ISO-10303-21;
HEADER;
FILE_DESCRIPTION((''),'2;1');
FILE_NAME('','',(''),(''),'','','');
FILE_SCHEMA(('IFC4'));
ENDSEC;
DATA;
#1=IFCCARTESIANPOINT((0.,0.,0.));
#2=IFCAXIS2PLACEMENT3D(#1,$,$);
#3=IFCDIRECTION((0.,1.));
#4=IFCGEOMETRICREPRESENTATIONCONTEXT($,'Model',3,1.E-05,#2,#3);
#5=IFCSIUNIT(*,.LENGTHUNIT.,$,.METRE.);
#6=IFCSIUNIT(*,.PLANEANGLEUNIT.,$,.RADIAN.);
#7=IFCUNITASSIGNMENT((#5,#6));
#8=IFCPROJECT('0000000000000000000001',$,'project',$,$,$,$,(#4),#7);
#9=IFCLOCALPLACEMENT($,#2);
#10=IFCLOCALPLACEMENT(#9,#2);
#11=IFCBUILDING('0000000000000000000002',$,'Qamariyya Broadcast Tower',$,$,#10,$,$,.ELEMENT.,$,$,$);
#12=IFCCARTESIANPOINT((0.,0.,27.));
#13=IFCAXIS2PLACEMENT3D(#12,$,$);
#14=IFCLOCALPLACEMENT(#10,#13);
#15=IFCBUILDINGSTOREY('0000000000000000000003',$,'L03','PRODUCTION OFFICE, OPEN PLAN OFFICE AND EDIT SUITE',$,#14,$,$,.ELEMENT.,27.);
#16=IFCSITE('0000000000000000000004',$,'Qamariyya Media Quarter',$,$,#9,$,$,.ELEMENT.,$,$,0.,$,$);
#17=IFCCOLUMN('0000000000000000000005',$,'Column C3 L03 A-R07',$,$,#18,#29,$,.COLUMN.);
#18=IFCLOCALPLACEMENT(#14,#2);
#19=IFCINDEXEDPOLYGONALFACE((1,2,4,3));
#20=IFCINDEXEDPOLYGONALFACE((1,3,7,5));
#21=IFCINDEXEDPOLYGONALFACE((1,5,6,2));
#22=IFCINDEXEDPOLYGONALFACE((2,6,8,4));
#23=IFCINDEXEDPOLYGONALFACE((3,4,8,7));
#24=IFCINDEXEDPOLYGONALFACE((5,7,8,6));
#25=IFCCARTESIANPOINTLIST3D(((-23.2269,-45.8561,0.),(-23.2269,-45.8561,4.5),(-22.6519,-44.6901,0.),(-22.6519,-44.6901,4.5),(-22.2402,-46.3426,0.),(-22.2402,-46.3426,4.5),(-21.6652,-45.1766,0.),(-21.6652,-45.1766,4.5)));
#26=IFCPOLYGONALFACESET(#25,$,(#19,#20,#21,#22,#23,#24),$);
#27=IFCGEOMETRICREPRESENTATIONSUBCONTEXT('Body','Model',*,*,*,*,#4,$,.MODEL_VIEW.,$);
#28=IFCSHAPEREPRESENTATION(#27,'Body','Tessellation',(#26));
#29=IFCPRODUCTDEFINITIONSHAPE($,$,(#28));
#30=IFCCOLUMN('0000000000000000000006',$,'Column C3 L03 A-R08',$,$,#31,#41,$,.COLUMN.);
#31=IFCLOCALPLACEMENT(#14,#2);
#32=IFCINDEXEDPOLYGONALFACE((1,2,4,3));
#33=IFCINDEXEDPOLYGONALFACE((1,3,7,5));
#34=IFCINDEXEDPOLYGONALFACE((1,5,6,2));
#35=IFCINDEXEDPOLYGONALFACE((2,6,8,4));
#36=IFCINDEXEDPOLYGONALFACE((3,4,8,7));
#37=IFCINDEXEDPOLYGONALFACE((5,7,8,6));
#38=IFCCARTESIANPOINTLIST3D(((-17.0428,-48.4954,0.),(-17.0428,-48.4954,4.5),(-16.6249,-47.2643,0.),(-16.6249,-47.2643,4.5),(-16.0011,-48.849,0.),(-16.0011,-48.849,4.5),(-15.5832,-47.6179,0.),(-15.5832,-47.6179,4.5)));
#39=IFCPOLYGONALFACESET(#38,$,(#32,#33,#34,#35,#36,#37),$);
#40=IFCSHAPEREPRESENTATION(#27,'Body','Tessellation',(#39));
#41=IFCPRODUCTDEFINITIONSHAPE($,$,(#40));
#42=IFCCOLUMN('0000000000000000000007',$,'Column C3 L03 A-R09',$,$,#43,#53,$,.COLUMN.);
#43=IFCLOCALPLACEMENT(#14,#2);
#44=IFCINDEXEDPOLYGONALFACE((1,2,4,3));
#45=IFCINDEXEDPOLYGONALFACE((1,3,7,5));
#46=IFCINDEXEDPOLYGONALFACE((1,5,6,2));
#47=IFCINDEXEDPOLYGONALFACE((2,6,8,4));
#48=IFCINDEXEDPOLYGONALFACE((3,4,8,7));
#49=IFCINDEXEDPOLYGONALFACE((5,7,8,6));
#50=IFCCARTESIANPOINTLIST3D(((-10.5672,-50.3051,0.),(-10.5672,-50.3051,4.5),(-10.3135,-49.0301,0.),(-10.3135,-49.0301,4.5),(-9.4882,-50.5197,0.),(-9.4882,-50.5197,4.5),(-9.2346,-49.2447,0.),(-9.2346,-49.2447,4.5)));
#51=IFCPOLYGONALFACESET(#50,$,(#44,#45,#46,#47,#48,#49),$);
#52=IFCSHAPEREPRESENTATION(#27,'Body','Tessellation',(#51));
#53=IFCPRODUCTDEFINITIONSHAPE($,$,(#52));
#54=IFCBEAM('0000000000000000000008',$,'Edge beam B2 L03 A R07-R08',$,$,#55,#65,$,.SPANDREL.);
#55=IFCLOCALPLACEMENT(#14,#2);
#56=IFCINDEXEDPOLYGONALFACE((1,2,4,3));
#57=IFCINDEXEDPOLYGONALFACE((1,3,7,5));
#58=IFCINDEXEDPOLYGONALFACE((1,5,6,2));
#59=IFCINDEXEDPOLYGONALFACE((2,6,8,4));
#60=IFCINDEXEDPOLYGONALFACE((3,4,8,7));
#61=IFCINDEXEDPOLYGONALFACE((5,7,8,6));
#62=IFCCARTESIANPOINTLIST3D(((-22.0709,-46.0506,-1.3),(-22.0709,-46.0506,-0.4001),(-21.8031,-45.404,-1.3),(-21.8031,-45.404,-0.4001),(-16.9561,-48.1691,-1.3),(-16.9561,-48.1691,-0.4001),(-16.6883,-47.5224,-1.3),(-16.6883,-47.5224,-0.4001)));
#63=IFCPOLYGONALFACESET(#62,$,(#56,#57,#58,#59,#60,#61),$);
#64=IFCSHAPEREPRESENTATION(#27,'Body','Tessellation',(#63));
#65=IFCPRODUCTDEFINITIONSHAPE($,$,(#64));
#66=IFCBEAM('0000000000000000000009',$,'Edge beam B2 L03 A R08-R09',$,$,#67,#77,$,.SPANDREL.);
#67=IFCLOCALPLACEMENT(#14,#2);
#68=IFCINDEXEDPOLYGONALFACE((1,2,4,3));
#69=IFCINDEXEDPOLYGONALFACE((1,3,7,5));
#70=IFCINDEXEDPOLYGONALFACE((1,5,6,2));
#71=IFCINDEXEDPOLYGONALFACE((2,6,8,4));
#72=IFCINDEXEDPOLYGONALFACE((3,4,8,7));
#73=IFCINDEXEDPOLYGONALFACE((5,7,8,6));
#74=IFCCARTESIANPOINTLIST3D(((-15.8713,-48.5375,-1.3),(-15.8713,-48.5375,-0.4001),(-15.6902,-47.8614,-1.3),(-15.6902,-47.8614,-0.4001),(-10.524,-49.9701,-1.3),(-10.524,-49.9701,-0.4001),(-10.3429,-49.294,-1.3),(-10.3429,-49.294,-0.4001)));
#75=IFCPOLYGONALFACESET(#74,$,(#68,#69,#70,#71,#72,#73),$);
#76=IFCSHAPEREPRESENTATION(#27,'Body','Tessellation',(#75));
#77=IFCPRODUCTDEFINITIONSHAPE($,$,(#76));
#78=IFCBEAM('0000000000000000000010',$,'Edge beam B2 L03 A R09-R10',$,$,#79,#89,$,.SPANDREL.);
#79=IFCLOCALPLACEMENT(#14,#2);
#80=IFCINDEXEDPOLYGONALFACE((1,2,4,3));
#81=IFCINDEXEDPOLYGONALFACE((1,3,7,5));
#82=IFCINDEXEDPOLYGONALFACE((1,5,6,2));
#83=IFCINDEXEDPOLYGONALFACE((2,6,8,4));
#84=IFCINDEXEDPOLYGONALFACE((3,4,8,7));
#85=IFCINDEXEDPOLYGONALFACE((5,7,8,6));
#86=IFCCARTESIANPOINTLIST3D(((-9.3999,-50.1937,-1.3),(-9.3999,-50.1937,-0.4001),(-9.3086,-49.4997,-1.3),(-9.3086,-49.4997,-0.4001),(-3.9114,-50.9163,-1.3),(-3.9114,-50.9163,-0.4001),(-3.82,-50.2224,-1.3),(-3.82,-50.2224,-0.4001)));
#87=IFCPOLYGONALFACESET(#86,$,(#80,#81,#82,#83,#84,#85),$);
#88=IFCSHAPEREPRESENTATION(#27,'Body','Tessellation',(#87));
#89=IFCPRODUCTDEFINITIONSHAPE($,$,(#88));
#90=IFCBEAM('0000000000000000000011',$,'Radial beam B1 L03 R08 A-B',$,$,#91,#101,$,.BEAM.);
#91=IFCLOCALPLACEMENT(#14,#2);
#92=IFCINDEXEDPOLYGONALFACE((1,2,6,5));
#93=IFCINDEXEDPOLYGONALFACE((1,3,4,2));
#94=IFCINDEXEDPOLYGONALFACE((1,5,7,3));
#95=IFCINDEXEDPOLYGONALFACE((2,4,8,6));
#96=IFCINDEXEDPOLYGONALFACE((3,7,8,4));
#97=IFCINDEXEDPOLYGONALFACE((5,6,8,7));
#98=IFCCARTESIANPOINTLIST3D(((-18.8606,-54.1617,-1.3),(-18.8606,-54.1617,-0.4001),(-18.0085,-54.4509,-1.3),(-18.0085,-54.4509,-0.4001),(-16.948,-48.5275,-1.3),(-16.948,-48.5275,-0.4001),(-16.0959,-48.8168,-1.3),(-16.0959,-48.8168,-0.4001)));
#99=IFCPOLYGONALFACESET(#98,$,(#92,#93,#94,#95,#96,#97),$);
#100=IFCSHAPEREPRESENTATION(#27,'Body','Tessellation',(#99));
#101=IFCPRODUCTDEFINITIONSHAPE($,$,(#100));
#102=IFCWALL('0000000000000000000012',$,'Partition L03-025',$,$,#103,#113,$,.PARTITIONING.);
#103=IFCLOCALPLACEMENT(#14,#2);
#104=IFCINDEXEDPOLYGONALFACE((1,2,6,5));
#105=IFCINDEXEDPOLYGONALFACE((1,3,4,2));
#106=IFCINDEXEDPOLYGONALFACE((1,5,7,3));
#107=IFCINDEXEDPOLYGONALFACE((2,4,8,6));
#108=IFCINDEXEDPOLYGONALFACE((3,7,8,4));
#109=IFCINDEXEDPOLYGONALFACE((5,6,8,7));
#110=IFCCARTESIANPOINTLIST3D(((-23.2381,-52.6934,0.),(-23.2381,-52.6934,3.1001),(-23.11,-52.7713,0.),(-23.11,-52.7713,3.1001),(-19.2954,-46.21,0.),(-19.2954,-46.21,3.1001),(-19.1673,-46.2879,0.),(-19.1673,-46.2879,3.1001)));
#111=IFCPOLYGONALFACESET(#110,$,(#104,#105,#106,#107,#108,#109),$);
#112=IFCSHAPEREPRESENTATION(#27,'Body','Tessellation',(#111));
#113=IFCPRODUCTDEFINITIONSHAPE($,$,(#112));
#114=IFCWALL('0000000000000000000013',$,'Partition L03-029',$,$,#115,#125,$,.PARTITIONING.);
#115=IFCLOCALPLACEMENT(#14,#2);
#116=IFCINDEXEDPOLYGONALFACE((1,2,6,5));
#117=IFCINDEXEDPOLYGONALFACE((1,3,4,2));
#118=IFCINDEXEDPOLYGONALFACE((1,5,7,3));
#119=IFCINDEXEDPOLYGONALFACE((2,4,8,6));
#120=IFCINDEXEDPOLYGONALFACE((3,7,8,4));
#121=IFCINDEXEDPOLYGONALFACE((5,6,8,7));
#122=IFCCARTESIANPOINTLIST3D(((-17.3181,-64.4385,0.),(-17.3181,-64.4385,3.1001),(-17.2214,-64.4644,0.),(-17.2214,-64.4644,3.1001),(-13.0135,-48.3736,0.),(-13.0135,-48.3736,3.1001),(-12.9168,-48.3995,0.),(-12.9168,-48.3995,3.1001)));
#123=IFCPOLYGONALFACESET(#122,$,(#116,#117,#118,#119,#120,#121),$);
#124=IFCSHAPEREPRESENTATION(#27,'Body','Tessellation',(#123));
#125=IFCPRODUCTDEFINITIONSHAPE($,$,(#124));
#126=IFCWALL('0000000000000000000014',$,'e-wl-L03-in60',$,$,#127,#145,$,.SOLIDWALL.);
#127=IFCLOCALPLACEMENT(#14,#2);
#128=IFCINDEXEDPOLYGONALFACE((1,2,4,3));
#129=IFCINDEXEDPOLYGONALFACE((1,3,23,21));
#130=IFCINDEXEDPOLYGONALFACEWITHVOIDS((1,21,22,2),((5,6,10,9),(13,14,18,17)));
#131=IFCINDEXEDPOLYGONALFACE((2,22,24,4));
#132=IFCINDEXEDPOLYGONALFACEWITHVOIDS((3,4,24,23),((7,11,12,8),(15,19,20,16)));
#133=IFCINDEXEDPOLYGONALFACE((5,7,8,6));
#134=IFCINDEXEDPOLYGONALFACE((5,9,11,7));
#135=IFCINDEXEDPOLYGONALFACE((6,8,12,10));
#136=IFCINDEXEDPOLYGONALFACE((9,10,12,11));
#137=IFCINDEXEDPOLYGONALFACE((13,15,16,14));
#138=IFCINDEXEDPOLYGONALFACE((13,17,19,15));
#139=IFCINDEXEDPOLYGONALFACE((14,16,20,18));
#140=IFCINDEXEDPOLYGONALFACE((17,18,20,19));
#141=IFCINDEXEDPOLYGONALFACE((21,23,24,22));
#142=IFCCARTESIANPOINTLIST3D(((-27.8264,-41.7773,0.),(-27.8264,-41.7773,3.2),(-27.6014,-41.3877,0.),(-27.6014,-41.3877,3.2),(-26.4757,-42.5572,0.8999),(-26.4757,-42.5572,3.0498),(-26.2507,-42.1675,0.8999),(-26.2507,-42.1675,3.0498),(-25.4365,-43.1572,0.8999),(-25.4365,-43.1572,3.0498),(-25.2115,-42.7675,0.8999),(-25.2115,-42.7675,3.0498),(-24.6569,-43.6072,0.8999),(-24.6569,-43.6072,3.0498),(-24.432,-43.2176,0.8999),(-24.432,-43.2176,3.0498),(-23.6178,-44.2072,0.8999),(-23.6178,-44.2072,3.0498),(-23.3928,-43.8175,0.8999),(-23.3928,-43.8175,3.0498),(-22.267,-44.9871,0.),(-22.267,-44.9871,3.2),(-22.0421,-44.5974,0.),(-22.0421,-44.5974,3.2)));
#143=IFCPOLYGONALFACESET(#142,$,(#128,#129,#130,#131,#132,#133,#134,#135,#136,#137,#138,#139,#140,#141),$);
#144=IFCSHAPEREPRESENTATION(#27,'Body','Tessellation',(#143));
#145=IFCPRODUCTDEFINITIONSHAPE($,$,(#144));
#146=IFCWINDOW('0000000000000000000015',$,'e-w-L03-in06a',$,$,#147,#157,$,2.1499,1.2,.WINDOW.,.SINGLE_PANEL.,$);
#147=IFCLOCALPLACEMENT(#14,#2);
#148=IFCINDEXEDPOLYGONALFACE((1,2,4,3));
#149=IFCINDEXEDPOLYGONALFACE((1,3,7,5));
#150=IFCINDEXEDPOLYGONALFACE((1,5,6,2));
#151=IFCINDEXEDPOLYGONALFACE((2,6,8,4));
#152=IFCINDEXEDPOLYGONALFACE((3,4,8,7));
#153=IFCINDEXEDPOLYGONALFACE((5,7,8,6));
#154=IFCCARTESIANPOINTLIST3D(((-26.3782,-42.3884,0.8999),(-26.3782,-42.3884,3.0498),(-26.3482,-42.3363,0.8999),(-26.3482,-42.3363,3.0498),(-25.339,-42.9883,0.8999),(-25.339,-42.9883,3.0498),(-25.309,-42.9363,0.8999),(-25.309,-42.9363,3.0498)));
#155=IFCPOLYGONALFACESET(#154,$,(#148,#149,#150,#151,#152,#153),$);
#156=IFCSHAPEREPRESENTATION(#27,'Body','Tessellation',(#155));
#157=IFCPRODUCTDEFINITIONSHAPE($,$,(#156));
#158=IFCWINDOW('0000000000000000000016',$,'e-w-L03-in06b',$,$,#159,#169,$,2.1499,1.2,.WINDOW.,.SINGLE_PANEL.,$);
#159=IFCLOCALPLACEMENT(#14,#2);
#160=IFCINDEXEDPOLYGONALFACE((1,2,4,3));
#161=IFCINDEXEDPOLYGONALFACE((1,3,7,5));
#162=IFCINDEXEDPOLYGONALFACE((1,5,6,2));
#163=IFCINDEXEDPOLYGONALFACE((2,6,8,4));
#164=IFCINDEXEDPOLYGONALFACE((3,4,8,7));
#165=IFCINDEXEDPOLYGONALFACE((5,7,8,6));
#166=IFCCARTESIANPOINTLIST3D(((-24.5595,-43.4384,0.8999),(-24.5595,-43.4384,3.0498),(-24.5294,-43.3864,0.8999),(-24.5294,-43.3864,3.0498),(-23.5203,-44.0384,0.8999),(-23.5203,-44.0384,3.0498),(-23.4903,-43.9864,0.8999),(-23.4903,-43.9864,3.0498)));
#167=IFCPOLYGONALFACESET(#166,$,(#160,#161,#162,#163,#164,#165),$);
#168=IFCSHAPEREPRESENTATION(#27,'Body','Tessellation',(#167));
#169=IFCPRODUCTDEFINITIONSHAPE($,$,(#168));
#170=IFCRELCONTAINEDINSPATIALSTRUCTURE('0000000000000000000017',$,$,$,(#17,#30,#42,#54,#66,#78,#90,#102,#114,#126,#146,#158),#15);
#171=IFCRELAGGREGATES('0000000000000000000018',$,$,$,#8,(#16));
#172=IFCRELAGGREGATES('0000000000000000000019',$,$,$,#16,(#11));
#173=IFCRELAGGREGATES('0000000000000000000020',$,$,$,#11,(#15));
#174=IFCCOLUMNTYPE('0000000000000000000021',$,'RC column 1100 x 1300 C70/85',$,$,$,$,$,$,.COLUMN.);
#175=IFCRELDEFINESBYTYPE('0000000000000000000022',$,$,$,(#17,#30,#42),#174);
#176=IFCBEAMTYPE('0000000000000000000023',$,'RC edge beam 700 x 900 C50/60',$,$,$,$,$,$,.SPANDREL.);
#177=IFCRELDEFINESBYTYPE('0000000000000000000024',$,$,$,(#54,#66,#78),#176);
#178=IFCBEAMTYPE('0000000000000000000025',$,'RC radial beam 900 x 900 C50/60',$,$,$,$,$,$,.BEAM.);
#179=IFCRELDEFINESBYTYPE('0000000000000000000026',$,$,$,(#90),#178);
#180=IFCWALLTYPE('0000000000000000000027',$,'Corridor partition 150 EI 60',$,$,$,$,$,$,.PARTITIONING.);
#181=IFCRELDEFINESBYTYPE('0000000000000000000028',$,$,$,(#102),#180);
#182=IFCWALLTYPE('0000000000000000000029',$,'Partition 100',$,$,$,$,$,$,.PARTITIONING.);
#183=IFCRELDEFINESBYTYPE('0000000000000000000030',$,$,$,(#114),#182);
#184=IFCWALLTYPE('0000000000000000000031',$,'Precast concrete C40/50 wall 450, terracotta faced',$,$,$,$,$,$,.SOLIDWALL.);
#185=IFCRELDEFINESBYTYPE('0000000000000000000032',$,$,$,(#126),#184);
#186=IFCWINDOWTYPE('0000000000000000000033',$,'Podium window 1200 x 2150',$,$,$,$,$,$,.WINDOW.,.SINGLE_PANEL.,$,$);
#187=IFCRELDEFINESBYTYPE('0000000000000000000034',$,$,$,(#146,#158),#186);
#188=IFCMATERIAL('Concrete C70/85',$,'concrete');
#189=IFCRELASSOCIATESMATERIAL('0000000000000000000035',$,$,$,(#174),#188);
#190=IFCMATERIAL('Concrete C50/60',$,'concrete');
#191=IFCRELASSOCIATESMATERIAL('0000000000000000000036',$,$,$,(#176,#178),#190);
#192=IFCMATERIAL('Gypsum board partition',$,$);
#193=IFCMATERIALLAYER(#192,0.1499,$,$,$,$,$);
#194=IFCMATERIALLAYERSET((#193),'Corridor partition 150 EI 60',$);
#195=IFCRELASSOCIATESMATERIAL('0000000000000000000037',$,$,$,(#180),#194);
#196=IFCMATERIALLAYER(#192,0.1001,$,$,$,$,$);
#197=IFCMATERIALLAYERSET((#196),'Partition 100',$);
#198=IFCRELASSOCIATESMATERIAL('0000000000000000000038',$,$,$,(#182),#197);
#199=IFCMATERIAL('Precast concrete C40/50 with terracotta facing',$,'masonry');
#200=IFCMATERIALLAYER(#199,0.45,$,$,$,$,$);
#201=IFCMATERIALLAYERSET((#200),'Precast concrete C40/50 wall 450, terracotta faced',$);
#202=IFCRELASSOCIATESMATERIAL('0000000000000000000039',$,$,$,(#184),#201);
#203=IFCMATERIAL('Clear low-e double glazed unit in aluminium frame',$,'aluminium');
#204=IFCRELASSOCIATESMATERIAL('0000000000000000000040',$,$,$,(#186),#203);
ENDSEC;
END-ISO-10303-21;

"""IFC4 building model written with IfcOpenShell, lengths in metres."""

from ifc_helpers import new_model, si_unit, direction, frame, frame_2d, origin, origin_2d, place, context, subcontext, project, spatial, rectangle, extrude, material, layer, layer_set, material_profile, profile_set, type_object, element, fill, save


model = new_model("IFC4")

# Units and contexts
model_context = context("Model", 3, precision=1e-05, world=origin(), true_north=direction((0.0, 1.0)))
body_context = subcontext(model_context, "Body", "Model", "MODEL_VIEW")
ifc_project = project(units=[si_unit("LENGTHUNIT", "METRE"), si_unit("PLANEANGLEUNIT", "RADIAN")], contexts=[model_context])

# Site, building, storey
site_placement = place(None, origin())
site = spatial("IfcSite", under=ifc_project, at=site_placement, Name="Qamariyya Media Quarter", CompositionType="ELEMENT", RefElevation=0.0)
building_placement = place(site_placement, origin())
building = spatial("IfcBuilding", under=site, at=building_placement, Name="Qamariyya Broadcast Tower", CompositionType="ELEMENT")
storey_placement = place(building_placement, frame((0.0, 0.0, 27.0)))
storey = spatial("IfcBuildingStorey", under=building, at=storey_placement, Name="L03", Description="PRODUCTION OFFICE, OPEN PLAN OFFICE AND EDIT SUITE", CompositionType="ELEMENT", Elevation=27.0)

# Columns
ifc_material_1 = material(Name="Concrete C70/85", Category="concrete")
ifc_material_profile_1 = material_profile(ifc_material_1, rectangle(XDim=1.1001, YDim=1.3, at=origin_2d()))
ifc_profile_set_1 = profile_set([ifc_material_profile_1], Name="Concrete C70/85")
column_type = type_object("IfcColumnType", Name="RC column 1100 x 1300 C70/85", PredefinedType="COLUMN", material=ifc_profile_set_1)
for number, where, z_axis, x_axis, name in (
    (1, (-22.446, -45.5164, 0.0), (0.0, 0.0, 1.0), (0.896873, -0.442289, 0.0), "Column C3 L03 A-R07"),
    (2, (-16.313, -48.0566, 0.0), (0.0, 0.0, 1.0), (0.94693, -0.321439, 0.0), "Column C3 L03 A-R08"),
    (3, (-9.9009, -49.7749, 0.0), (0.0, 0.0, 1.0), (0.980785, -0.19509, 0.0), "Column C3 L03 A-R09"),
):
    element("IfcColumn", number, at=place(storey_placement, frame(where, z_axis=z_axis, x_axis=x_axis)), inside=storey, type_object=column_type, Name=name, PredefinedType="COLUMN", context=body_context, shape_type="SweptSolid", body=[
        extrude(rectangle(XDim=1.1001, YDim=1.3, at=origin_2d()), origin(), (0.0, 0.0, 1.0), 4.5),
    ])

# Beams
ifc_material_2 = material(Name="Concrete C50/60", Category="concrete")
ifc_material_profile_2 = material_profile(ifc_material_2, rectangle(XDim=0.7, YDim=0.8999, at=origin_2d()))
ifc_profile_set_2 = profile_set([ifc_material_profile_2], Name="Concrete C50/60")
beam_type_1 = type_object("IfcBeamType", Name="RC edge beam 700 x 900 C50/60", PredefinedType="SPANDREL", material=ifc_profile_set_2)
beam_1_placement = place(storey_placement, frame((-21.937, -45.7273, -0.8501), z_axis=(0.923892, -0.382654, 0.0), x_axis=(0.382654, 0.923892, 0.0)))
element("IfcBeam", 4, at=beam_1_placement, inside=storey, type_object=beam_type_1, Name="Edge beam B2 L03 A R07-R08", PredefinedType="SPANDREL", context=body_context, shape_type="SweptSolid", body=[
    extrude(rectangle(XDim=0.7, YDim=0.8999, at=origin_2d()), origin(), (0.0, 0.0, 1.0), 5.5361),
])
for number, where, z_axis, x_axis, name in (
    (5, (-15.7808, -48.1995, -0.8501), (0.965936, -0.258782, 0.0), (0.258782, 0.965936, 0.0), "Edge beam B2 L03 A R08-R09"),
    (6, (-9.3542, -49.8467, -0.8501), (0.991443, -0.13054, 0.0), (0.13054, 0.991443, 0.0), "Edge beam B2 L03 A R09-R10"),
):
    element("IfcBeam", number, at=place(storey_placement, frame(where, z_axis=z_axis, x_axis=x_axis)), inside=storey, type_object=beam_type_1, Name=name, PredefinedType="SPANDREL", context=body_context, shape_type="SweptSolid", body=[
        extrude(rectangle(XDim=0.7, YDim=0.8999, at=origin_2d()), origin(), (0.0, 0.0, 1.0), 5.5359),
    ])
ifc_material_profile_3 = material_profile(ifc_material_2, rectangle(XDim=0.8999, YDim=0.8999, at=origin_2d()))
ifc_profile_set_3 = profile_set([ifc_material_profile_3], Name="Concrete C50/60")
beam_type_2 = type_object("IfcBeamType", Name="RC radial beam 900 x 900 C50/60", PredefinedType="BEAM", material=ifc_profile_set_3)
beam_2_placement = place(storey_placement, frame((-16.522, -48.6721, -0.8501), z_axis=(-0.321442, -0.946929, 0.0), x_axis=(0.946929, -0.321442, 0.0)))
element("IfcBeam", 7, at=beam_2_placement, inside=storey, type_object=beam_type_2, Name="Radial beam B1 L03 R08 A-B", PredefinedType="BEAM", context=body_context, shape_type="SweptSolid", body=[
    extrude(rectangle(XDim=0.8999, YDim=0.8999, at=origin_2d()), origin(), (0.0, 0.0, 1.0), 5.95),
])

# Walls
ifc_material_3 = material(Name="Gypsum board partition")
ifc_layer_1 = layer(ifc_material_3, 0.1499)
ifc_layer_set_1 = layer_set([ifc_layer_1], Name="Corridor partition 150 EI 60")
wall_type_1 = type_object("IfcWallType", Name="Corridor partition 150 EI 60", PredefinedType="PARTITIONING", material=ifc_layer_set_1)
wall_1_placement = place(storey_placement, frame((-19.2314, -46.249, 0.0), z_axis=(0.0, 0.0, 1.0), x_axis=(-0.519583, -0.85442, 0.0)))
element("IfcWall", 8, at=wall_1_placement, inside=storey, type_object=wall_type_1, Name="Partition L03-025", PredefinedType="PARTITIONING", context=body_context, shape_type="SweptSolid", body=[
    extrude(rectangle(XDim=7.5881, YDim=0.1499, at=frame_2d((3.7939, 0.0))), origin(), (0.0, 0.0, 1.0), 3.1001),
])
ifc_layer_2 = layer(ifc_material_3, 0.1001)
ifc_layer_set_2 = layer_set([ifc_layer_2], Name="Partition 100")
wall_type_2 = type_object("IfcWallType", Name="Partition 100", PredefinedType="PARTITIONING", material=ifc_layer_set_2)
wall_2_placement = place(storey_placement, frame((-12.9651, -48.3865, 0.0), z_axis=(0.0, 0.0, 1.0), x_axis=(-0.258825, -0.965924, 0.0)))
element("IfcWall", 9, at=wall_2_placement, inside=storey, type_object=wall_type_2, Name="Partition L03-029", PredefinedType="PARTITIONING", context=body_context, shape_type="SweptSolid", body=[
    extrude(rectangle(XDim=16.6316, YDim=0.1001, at=frame_2d((8.3159, 0.0))), origin(), (0.0, 0.0, 1.0), 3.1001),
])

# Wall, openings, windows
ifc_material_4 = material(Name="Precast concrete C40/50 with terracotta facing", Category="masonry")
ifc_layer_3 = layer(ifc_material_4, 0.45)
ifc_layer_set_3 = layer_set([ifc_layer_3], Name="Precast concrete C40/50 wall 450, terracotta faced")
wall_type_3 = type_object("IfcWallType", Name="Precast concrete C40/50 wall 450, terracotta faced", PredefinedType="SOLIDWALL", material=ifc_layer_set_3)
wall_3_placement = place(storey_placement, frame((-22.1545, -44.7922, 0.0), z_axis=(0.0, 0.0, 1.0), x_axis=(-0.866023, 0.500004, 0.0)))
wall_3 = element("IfcWall", 10, at=wall_3_placement, inside=storey, type_object=wall_type_3, Name="e-wl-L03-in60", PredefinedType="SOLIDWALL", context=body_context, shape_type="SweptSolid", body=[
    extrude(rectangle(XDim=6.4194, YDim=0.45, at=frame_2d((3.2097, 0.0))), origin(), (0.0, 0.0, 1.0), 3.2),
])
opening_1_placement = place(wall_3_placement, frame((3.6597, 0.0, 0.8999)))
opening_1 = element("IfcOpeningElement", 11, at=opening_1_placement, cuts=wall_3, PredefinedType="OPENING", context=body_context, shape_type="SweptSolid", body=[
    extrude(rectangle(XDim=1.2, YDim=2.1499, at=frame_2d((0.6001, 1.075))), frame((0.0, 0.2349, 0.0), z_axis=(0.0, -1.0, 0.0), x_axis=(1.0, 0.0, 0.0)), (0.0, 0.0, 1.0), 0.47),
])
opening_2_placement = place(wall_3_placement, frame((1.5596, 0.0, 0.8999)))
opening_2 = element("IfcOpeningElement", 12, at=opening_2_placement, cuts=wall_3, PredefinedType="OPENING", context=body_context, shape_type="SweptSolid", body=[
    extrude(rectangle(XDim=1.2, YDim=2.1499, at=frame_2d((0.6001, 1.075))), frame((0.0, 0.2349, 0.0), z_axis=(0.0, -1.0, 0.0), x_axis=(1.0, 0.0, 0.0)), (0.0, 0.0, 1.0), 0.47),
])
ifc_material_5 = material(Name="Clear low-e double glazed unit in aluminium frame", Category="aluminium")
window_type = type_object("IfcWindowType", Name="Podium window 1200 x 2150", PartitioningType="SINGLE_PANEL", PredefinedType="WINDOW", material=ifc_material_5)
window_1_placement = place(opening_1_placement, origin())
window_1 = element("IfcWindow", 13, at=window_1_placement, inside=storey, type_object=window_type, Name="e-w-L03-in06a", OverallHeight=2.1499, OverallWidth=1.2, PartitioningType="SINGLE_PANEL", PredefinedType="WINDOW", context=body_context, shape_type="SweptSolid", body=[
    extrude(rectangle(XDim=1.2, YDim=2.1499, at=frame_2d((0.6001, 1.075))), frame((0.0, 0.03, 0.0), z_axis=(0.0, -1.0, 0.0), x_axis=(1.0, 0.0, 0.0)), (0.0, 0.0, 1.0), 0.0601),
])
fill(opening_1, window_1)
window_2_placement = place(opening_2_placement, origin())
window_2 = element("IfcWindow", 14, at=window_2_placement, inside=storey, type_object=window_type, Name="e-w-L03-in06b", OverallHeight=2.1499, OverallWidth=1.2, PartitioningType="SINGLE_PANEL", PredefinedType="WINDOW", context=body_context, shape_type="SweptSolid", body=[
    extrude(rectangle(XDim=1.2, YDim=2.1499, at=frame_2d((0.6001, 1.075))), frame((0.0, 0.03, 0.0), z_axis=(0.0, -1.0, 0.0), x_axis=(1.0, 0.0, 0.0)), (0.0, 0.0, 1.0), 0.0601),
])
fill(opening_2, window_2)

save(model, "model.ifc")
